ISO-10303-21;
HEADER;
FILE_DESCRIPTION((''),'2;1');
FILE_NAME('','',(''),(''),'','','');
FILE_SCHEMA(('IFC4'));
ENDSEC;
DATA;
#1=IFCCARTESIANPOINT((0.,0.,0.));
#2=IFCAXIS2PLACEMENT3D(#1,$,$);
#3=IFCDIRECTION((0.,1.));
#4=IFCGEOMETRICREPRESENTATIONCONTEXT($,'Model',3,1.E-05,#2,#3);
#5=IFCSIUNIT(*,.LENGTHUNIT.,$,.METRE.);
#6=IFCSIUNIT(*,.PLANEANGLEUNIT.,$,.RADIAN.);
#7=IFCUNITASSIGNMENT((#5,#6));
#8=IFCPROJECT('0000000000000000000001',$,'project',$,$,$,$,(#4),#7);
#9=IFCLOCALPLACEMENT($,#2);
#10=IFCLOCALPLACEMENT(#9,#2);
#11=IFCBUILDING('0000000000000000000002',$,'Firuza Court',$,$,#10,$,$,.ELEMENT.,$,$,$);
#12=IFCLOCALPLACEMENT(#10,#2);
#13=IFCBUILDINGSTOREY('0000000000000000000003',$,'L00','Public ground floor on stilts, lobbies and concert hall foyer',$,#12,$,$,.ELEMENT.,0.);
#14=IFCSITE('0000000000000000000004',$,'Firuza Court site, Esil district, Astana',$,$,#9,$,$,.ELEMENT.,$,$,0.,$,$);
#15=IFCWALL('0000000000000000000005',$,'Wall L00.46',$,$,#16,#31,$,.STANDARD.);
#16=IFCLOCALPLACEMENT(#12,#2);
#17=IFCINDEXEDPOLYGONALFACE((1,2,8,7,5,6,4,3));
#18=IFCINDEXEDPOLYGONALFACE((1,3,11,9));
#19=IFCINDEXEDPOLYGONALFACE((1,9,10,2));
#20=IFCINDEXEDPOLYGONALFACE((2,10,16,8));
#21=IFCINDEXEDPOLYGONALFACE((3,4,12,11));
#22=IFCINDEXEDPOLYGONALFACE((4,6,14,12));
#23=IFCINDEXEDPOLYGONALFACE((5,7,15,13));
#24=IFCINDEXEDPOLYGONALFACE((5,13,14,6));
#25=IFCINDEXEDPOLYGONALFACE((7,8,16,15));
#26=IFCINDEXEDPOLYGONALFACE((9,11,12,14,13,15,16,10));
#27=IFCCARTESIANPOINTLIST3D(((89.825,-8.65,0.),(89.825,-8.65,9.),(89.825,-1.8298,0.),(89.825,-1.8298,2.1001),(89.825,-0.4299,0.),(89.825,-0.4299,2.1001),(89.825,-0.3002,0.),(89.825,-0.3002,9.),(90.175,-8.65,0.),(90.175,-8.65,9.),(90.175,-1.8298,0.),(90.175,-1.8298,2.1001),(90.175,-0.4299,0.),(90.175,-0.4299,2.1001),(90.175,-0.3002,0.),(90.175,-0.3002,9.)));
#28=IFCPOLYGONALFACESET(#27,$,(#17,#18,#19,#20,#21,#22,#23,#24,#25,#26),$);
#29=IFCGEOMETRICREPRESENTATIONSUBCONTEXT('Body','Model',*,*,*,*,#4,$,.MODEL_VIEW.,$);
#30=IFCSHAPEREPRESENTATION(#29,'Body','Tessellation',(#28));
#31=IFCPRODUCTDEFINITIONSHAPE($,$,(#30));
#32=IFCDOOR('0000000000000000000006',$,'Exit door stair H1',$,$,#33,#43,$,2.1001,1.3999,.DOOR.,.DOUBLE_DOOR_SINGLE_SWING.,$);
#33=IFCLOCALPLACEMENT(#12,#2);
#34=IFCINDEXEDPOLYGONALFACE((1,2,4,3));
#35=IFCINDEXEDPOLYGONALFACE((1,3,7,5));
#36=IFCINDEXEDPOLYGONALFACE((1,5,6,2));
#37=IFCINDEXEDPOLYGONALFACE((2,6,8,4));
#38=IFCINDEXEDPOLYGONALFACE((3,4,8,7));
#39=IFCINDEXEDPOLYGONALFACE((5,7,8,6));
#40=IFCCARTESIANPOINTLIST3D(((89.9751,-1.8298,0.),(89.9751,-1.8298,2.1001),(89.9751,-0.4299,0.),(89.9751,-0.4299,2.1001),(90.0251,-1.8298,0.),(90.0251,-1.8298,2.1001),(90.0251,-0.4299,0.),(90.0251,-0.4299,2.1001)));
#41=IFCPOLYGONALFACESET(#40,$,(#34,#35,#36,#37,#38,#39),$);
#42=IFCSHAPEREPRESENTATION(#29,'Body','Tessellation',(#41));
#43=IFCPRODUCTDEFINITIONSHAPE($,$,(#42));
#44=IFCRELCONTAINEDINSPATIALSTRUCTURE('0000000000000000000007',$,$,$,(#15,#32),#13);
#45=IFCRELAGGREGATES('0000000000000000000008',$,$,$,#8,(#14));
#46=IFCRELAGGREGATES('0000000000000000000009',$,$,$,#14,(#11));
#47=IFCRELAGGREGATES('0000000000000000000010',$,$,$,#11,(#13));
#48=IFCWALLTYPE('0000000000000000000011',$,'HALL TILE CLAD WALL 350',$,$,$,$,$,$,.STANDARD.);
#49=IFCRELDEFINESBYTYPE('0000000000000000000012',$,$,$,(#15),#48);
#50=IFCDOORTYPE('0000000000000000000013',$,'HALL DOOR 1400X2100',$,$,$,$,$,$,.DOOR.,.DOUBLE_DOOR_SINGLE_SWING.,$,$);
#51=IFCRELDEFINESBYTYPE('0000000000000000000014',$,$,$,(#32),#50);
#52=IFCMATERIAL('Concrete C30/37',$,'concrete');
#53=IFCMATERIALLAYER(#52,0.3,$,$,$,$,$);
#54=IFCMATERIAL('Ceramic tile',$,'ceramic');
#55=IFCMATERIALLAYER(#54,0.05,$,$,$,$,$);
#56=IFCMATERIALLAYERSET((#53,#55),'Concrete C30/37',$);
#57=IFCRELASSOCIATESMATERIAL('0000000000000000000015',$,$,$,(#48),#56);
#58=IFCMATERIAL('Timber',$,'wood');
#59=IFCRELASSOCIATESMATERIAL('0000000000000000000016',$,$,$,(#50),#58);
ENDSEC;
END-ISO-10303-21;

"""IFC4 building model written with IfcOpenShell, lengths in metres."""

from ifc_helpers import new_model, si_unit, direction, frame, frame_2d, origin, place, context, subcontext, project, spatial, rectangle, extrude, material, layer, layer_set, type_object, element, fill, save


model = new_model("IFC4")

# Units and contexts
model_context = context("Model", 3, precision=1e-05, world=origin(), true_north=direction((0.0, 1.0)))
body_context = subcontext(model_context, "Body", "Model", "MODEL_VIEW")
ifc_project = project(units=[si_unit("LENGTHUNIT", "METRE"), si_unit("PLANEANGLEUNIT", "RADIAN")], contexts=[model_context])

# Site, building, storey
site_placement = place(None, origin())
site = spatial("IfcSite", under=ifc_project, at=site_placement, Name="Firuza Court site, Esil district, Astana", CompositionType="ELEMENT", RefElevation=0.0)
building_placement = place(site_placement, origin())
building = spatial("IfcBuilding", under=site, at=building_placement, Name="Firuza Court", CompositionType="ELEMENT")
storey_placement = place(building_placement, origin())
storey = spatial("IfcBuildingStorey", under=building, at=storey_placement, Name="L00", Description="Public ground floor on stilts, lobbies and concert hall foyer", CompositionType="ELEMENT", Elevation=0.0)

# Wall, opening, door
ifc_material_1 = material(Name="Concrete C30/37", Category="concrete")
ifc_layer_1 = layer(ifc_material_1, 0.3)
ifc_material_2 = material(Name="Ceramic tile", Category="ceramic")
ifc_layer_2 = layer(ifc_material_2, 0.05)
ifc_layer_set_1 = layer_set([ifc_layer_1, ifc_layer_2], Name="Concrete C30/37")
wall_type_1 = type_object("IfcWallType", Name="HALL TILE CLAD WALL 350", PredefinedType="STANDARD", material=ifc_layer_set_1)
wall_placement = place(storey_placement, frame((90.0, -8.6499, 0.0), z_axis=(0.0, 0.0, 1.0), x_axis=(0.0, 1.0, 0.0)))
wall = element("IfcWall", 1, at=wall_placement, inside=storey, type_object=wall_type_1, Name="Wall L00.46", PredefinedType="STANDARD", context=body_context, shape_type="SweptSolid", body=[
    extrude(rectangle(XDim=8.3499, YDim=0.3501, at=frame_2d((4.1748, 0.0))), origin(), (0.0, 0.0, 1.0), 9.0),
])
opening_placement = place(wall_placement, frame((6.8201, 0.0, 0.0)))
opening = element("IfcOpeningElement", 2, at=opening_placement, cuts=wall, PredefinedType="OPENING", context=body_context, shape_type="SweptSolid", body=[
    extrude(rectangle(XDim=1.3999, YDim=2.1001, at=frame_2d((0.7, 1.05))), frame((0.0, 0.187, 0.0), z_axis=(0.0, -1.0, 0.0), x_axis=(1.0, 0.0, 0.0)), (0.0, 0.0, 1.0), 0.374),
])
ifc_material_3 = material(Name="Timber", Category="wood")
door_type = type_object("IfcDoorType", Name="HALL DOOR 1400X2100", OperationType="DOUBLE_DOOR_SINGLE_SWING", PredefinedType="DOOR", material=ifc_material_3)
door_placement = place(opening_placement, origin())
door = element("IfcDoor", 3, at=door_placement, inside=storey, type_object=door_type, Name="Exit door stair H1", OperationType="DOUBLE_DOOR_SINGLE_SWING", OverallHeight=2.1001, OverallWidth=1.3999, PredefinedType="DOOR", context=body_context, shape_type="SweptSolid", body=[
    extrude(rectangle(XDim=1.3999, YDim=2.1001, at=frame_2d((0.7, 1.05))), frame((0.0, 0.0249, 0.0), z_axis=(0.0, -1.0, 0.0), x_axis=(1.0, 0.0, 0.0)), (0.0, 0.0, 1.0), 0.05),
])
fill(opening, door)

save(model, "model.ifc")
